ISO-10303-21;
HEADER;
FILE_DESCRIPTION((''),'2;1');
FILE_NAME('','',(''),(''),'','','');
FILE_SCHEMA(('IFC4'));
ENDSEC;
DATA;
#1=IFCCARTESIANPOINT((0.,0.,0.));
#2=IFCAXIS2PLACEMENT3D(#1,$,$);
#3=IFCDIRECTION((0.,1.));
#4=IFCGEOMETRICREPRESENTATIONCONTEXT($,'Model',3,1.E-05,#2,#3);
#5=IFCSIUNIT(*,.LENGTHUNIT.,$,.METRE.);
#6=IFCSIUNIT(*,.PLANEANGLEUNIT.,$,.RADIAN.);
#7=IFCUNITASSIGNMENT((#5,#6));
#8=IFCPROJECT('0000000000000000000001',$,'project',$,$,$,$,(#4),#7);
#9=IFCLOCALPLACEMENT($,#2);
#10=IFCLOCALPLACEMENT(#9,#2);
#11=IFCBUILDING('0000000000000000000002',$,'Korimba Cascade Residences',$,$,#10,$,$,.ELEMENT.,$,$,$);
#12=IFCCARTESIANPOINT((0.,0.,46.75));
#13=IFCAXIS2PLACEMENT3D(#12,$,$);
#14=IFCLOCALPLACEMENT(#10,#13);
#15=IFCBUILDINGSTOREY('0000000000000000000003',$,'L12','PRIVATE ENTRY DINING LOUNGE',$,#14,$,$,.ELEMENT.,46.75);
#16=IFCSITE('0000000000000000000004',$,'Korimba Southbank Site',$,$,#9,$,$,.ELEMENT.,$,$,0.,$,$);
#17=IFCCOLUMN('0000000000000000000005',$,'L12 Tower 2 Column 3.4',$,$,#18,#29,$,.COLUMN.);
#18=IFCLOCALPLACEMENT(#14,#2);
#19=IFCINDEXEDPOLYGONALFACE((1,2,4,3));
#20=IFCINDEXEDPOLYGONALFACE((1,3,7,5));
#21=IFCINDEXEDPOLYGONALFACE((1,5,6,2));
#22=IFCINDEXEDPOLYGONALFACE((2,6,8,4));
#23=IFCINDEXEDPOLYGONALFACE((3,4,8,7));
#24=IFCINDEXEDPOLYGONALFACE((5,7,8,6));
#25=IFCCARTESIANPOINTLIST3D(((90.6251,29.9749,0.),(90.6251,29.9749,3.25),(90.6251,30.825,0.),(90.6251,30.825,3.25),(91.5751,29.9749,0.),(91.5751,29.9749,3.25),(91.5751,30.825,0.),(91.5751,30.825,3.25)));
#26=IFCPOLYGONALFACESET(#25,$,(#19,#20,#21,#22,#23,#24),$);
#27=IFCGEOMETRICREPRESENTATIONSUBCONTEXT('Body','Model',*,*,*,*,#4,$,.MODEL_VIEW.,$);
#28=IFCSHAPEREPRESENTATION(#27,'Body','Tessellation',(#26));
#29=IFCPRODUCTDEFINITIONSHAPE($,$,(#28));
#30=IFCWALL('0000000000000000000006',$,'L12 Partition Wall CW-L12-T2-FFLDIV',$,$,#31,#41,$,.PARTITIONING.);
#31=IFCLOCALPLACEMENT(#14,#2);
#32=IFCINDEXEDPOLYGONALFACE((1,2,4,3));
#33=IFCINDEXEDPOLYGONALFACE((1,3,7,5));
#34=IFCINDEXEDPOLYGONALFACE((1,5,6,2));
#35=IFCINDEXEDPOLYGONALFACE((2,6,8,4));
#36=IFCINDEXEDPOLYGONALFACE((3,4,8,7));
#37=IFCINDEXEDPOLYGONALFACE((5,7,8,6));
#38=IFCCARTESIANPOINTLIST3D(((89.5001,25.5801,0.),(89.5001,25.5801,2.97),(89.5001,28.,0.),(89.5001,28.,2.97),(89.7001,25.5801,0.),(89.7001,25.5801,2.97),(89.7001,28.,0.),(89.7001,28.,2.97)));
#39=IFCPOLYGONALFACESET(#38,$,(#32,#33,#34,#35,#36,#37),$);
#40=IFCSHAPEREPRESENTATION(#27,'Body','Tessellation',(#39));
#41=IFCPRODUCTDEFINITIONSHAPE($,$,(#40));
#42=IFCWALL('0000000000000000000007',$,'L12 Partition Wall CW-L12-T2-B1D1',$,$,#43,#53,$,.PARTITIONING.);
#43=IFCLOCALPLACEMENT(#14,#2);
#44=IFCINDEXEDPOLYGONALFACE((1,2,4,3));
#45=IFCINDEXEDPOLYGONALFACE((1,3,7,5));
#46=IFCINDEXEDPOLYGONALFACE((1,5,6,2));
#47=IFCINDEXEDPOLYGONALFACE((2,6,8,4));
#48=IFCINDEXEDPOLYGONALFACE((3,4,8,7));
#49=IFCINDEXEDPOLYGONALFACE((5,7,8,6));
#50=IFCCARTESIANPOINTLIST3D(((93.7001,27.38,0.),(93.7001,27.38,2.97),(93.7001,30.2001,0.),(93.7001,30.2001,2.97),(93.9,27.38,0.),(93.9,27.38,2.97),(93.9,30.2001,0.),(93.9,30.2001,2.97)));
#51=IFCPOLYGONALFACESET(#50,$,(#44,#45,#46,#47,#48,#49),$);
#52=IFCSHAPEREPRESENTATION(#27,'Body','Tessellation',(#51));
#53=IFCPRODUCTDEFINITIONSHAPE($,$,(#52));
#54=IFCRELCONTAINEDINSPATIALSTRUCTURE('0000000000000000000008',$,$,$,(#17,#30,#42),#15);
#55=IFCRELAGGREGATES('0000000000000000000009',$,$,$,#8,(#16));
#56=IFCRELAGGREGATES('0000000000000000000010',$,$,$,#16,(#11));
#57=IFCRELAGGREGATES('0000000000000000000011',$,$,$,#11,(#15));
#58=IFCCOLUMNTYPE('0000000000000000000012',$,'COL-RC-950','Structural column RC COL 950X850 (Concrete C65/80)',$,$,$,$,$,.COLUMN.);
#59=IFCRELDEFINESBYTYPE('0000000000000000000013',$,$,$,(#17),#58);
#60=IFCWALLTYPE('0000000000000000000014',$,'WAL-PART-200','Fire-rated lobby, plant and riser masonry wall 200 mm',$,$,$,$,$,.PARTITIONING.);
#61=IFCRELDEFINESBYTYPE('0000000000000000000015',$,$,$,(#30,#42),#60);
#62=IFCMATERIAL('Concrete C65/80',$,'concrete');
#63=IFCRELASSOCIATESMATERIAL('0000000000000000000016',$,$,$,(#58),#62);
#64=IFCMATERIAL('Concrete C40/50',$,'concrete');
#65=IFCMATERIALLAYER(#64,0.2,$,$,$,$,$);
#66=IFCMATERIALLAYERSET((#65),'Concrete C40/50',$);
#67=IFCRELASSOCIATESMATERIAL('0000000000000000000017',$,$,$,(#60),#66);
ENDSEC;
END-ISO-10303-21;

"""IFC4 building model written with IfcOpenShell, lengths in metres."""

from ifc_helpers import new_model, si_unit, direction, frame, frame_2d, origin, origin_2d, place, context, subcontext, project, spatial, rectangle, extrude, material, layer, layer_set, material_profile, profile_set, type_object, element, save


model = new_model("IFC4")

# Units and contexts
model_context = context("Model", 3, precision=1e-05, world=origin(), true_north=direction((0.0, 1.0)))
body_context = subcontext(model_context, "Body", "Model", "MODEL_VIEW")
ifc_project = project(units=[si_unit("LENGTHUNIT", "METRE"), si_unit("PLANEANGLEUNIT", "RADIAN")], contexts=[model_context])

# Site, building, storey
site_placement = place(None, origin())
site = spatial("IfcSite", under=ifc_project, at=site_placement, Name="Korimba Southbank Site", CompositionType="ELEMENT", RefElevation=0.0)
building_placement = place(site_placement, origin())
building = spatial("IfcBuilding", under=site, at=building_placement, Name="Korimba Cascade Residences", CompositionType="ELEMENT")
storey_placement = place(building_placement, frame((0.0, 0.0, 46.75)))
storey = spatial("IfcBuildingStorey", under=building, at=storey_placement, Name="L12", Description="PRIVATE ENTRY DINING LOUNGE", CompositionType="ELEMENT", Elevation=46.75)

# Column
ifc_material_1 = material(Name="Concrete C65/80", Category="concrete")
ifc_material_profile = material_profile(ifc_material_1, rectangle(XDim=0.95, YDim=0.8501, at=origin_2d()), Name="Concrete C65/80")
ifc_profile_set = profile_set([ifc_material_profile], Name="Concrete C65/80")
column_type = type_object("IfcColumnType", Name="COL-RC-950", Description="Structural column RC COL 950X850 (Concrete C65/80)", PredefinedType="COLUMN", material=ifc_profile_set)
column_placement = place(storey_placement, frame((91.1001, 30.3999, 0.0), z_axis=(0.0, 0.0, 1.0), x_axis=(1.0, 0.0, 0.0)))
element("IfcColumn", 1, at=column_placement, inside=storey, type_object=column_type, Name="L12 Tower 2 Column 3.4", PredefinedType="COLUMN", context=body_context, shape_type="SweptSolid", body=[
    extrude(rectangle(XDim=0.95, YDim=0.8501, at=origin_2d()), origin(), (0.0, 0.0, 1.0), 3.25),
])

# Walls
ifc_material_2 = material(Name="Concrete C40/50", Category="concrete")
ifc_layer_1 = layer(ifc_material_2, 0.2)
ifc_layer_set_1 = layer_set([ifc_layer_1], Name="Concrete C40/50")
wall_type_1 = type_object("IfcWallType", Name="WAL-PART-200", Description="Fire-rated lobby, plant and riser masonry wall 200 mm", PredefinedType="PARTITIONING", material=ifc_layer_set_1)
wall_1_placement = place(storey_placement, frame((89.6001, 25.5801, 0.0), z_axis=(0.0, 0.0, 1.0), x_axis=(0.0, 1.0, 0.0)))
element("IfcWall", 2, at=wall_1_placement, inside=storey, type_object=wall_type_1, Name="L12 Partition Wall CW-L12-T2-FFLDIV", PredefinedType="PARTITIONING", context=body_context, shape_type="SweptSolid", body=[
    extrude(rectangle(XDim=2.4199, YDim=0.2, at=frame_2d((1.21, 0.0))), origin(), (0.0, 0.0, 1.0), 2.97),
])
wall_2_placement = place(storey_placement, frame((93.8, 27.3799, 0.0), z_axis=(0.0, 0.0, 1.0), x_axis=(0.0, 1.0, 0.0)))
element("IfcWall", 3, at=wall_2_placement, inside=storey, type_object=wall_type_1, Name="L12 Partition Wall CW-L12-T2-B1D1", PredefinedType="PARTITIONING", context=body_context, shape_type="SweptSolid", body=[
    extrude(rectangle(XDim=2.8201, YDim=0.2, at=frame_2d((1.4102, 0.0))), origin(), (0.0, 0.0, 1.0), 2.97),
])

save(model, "model.ifc")
